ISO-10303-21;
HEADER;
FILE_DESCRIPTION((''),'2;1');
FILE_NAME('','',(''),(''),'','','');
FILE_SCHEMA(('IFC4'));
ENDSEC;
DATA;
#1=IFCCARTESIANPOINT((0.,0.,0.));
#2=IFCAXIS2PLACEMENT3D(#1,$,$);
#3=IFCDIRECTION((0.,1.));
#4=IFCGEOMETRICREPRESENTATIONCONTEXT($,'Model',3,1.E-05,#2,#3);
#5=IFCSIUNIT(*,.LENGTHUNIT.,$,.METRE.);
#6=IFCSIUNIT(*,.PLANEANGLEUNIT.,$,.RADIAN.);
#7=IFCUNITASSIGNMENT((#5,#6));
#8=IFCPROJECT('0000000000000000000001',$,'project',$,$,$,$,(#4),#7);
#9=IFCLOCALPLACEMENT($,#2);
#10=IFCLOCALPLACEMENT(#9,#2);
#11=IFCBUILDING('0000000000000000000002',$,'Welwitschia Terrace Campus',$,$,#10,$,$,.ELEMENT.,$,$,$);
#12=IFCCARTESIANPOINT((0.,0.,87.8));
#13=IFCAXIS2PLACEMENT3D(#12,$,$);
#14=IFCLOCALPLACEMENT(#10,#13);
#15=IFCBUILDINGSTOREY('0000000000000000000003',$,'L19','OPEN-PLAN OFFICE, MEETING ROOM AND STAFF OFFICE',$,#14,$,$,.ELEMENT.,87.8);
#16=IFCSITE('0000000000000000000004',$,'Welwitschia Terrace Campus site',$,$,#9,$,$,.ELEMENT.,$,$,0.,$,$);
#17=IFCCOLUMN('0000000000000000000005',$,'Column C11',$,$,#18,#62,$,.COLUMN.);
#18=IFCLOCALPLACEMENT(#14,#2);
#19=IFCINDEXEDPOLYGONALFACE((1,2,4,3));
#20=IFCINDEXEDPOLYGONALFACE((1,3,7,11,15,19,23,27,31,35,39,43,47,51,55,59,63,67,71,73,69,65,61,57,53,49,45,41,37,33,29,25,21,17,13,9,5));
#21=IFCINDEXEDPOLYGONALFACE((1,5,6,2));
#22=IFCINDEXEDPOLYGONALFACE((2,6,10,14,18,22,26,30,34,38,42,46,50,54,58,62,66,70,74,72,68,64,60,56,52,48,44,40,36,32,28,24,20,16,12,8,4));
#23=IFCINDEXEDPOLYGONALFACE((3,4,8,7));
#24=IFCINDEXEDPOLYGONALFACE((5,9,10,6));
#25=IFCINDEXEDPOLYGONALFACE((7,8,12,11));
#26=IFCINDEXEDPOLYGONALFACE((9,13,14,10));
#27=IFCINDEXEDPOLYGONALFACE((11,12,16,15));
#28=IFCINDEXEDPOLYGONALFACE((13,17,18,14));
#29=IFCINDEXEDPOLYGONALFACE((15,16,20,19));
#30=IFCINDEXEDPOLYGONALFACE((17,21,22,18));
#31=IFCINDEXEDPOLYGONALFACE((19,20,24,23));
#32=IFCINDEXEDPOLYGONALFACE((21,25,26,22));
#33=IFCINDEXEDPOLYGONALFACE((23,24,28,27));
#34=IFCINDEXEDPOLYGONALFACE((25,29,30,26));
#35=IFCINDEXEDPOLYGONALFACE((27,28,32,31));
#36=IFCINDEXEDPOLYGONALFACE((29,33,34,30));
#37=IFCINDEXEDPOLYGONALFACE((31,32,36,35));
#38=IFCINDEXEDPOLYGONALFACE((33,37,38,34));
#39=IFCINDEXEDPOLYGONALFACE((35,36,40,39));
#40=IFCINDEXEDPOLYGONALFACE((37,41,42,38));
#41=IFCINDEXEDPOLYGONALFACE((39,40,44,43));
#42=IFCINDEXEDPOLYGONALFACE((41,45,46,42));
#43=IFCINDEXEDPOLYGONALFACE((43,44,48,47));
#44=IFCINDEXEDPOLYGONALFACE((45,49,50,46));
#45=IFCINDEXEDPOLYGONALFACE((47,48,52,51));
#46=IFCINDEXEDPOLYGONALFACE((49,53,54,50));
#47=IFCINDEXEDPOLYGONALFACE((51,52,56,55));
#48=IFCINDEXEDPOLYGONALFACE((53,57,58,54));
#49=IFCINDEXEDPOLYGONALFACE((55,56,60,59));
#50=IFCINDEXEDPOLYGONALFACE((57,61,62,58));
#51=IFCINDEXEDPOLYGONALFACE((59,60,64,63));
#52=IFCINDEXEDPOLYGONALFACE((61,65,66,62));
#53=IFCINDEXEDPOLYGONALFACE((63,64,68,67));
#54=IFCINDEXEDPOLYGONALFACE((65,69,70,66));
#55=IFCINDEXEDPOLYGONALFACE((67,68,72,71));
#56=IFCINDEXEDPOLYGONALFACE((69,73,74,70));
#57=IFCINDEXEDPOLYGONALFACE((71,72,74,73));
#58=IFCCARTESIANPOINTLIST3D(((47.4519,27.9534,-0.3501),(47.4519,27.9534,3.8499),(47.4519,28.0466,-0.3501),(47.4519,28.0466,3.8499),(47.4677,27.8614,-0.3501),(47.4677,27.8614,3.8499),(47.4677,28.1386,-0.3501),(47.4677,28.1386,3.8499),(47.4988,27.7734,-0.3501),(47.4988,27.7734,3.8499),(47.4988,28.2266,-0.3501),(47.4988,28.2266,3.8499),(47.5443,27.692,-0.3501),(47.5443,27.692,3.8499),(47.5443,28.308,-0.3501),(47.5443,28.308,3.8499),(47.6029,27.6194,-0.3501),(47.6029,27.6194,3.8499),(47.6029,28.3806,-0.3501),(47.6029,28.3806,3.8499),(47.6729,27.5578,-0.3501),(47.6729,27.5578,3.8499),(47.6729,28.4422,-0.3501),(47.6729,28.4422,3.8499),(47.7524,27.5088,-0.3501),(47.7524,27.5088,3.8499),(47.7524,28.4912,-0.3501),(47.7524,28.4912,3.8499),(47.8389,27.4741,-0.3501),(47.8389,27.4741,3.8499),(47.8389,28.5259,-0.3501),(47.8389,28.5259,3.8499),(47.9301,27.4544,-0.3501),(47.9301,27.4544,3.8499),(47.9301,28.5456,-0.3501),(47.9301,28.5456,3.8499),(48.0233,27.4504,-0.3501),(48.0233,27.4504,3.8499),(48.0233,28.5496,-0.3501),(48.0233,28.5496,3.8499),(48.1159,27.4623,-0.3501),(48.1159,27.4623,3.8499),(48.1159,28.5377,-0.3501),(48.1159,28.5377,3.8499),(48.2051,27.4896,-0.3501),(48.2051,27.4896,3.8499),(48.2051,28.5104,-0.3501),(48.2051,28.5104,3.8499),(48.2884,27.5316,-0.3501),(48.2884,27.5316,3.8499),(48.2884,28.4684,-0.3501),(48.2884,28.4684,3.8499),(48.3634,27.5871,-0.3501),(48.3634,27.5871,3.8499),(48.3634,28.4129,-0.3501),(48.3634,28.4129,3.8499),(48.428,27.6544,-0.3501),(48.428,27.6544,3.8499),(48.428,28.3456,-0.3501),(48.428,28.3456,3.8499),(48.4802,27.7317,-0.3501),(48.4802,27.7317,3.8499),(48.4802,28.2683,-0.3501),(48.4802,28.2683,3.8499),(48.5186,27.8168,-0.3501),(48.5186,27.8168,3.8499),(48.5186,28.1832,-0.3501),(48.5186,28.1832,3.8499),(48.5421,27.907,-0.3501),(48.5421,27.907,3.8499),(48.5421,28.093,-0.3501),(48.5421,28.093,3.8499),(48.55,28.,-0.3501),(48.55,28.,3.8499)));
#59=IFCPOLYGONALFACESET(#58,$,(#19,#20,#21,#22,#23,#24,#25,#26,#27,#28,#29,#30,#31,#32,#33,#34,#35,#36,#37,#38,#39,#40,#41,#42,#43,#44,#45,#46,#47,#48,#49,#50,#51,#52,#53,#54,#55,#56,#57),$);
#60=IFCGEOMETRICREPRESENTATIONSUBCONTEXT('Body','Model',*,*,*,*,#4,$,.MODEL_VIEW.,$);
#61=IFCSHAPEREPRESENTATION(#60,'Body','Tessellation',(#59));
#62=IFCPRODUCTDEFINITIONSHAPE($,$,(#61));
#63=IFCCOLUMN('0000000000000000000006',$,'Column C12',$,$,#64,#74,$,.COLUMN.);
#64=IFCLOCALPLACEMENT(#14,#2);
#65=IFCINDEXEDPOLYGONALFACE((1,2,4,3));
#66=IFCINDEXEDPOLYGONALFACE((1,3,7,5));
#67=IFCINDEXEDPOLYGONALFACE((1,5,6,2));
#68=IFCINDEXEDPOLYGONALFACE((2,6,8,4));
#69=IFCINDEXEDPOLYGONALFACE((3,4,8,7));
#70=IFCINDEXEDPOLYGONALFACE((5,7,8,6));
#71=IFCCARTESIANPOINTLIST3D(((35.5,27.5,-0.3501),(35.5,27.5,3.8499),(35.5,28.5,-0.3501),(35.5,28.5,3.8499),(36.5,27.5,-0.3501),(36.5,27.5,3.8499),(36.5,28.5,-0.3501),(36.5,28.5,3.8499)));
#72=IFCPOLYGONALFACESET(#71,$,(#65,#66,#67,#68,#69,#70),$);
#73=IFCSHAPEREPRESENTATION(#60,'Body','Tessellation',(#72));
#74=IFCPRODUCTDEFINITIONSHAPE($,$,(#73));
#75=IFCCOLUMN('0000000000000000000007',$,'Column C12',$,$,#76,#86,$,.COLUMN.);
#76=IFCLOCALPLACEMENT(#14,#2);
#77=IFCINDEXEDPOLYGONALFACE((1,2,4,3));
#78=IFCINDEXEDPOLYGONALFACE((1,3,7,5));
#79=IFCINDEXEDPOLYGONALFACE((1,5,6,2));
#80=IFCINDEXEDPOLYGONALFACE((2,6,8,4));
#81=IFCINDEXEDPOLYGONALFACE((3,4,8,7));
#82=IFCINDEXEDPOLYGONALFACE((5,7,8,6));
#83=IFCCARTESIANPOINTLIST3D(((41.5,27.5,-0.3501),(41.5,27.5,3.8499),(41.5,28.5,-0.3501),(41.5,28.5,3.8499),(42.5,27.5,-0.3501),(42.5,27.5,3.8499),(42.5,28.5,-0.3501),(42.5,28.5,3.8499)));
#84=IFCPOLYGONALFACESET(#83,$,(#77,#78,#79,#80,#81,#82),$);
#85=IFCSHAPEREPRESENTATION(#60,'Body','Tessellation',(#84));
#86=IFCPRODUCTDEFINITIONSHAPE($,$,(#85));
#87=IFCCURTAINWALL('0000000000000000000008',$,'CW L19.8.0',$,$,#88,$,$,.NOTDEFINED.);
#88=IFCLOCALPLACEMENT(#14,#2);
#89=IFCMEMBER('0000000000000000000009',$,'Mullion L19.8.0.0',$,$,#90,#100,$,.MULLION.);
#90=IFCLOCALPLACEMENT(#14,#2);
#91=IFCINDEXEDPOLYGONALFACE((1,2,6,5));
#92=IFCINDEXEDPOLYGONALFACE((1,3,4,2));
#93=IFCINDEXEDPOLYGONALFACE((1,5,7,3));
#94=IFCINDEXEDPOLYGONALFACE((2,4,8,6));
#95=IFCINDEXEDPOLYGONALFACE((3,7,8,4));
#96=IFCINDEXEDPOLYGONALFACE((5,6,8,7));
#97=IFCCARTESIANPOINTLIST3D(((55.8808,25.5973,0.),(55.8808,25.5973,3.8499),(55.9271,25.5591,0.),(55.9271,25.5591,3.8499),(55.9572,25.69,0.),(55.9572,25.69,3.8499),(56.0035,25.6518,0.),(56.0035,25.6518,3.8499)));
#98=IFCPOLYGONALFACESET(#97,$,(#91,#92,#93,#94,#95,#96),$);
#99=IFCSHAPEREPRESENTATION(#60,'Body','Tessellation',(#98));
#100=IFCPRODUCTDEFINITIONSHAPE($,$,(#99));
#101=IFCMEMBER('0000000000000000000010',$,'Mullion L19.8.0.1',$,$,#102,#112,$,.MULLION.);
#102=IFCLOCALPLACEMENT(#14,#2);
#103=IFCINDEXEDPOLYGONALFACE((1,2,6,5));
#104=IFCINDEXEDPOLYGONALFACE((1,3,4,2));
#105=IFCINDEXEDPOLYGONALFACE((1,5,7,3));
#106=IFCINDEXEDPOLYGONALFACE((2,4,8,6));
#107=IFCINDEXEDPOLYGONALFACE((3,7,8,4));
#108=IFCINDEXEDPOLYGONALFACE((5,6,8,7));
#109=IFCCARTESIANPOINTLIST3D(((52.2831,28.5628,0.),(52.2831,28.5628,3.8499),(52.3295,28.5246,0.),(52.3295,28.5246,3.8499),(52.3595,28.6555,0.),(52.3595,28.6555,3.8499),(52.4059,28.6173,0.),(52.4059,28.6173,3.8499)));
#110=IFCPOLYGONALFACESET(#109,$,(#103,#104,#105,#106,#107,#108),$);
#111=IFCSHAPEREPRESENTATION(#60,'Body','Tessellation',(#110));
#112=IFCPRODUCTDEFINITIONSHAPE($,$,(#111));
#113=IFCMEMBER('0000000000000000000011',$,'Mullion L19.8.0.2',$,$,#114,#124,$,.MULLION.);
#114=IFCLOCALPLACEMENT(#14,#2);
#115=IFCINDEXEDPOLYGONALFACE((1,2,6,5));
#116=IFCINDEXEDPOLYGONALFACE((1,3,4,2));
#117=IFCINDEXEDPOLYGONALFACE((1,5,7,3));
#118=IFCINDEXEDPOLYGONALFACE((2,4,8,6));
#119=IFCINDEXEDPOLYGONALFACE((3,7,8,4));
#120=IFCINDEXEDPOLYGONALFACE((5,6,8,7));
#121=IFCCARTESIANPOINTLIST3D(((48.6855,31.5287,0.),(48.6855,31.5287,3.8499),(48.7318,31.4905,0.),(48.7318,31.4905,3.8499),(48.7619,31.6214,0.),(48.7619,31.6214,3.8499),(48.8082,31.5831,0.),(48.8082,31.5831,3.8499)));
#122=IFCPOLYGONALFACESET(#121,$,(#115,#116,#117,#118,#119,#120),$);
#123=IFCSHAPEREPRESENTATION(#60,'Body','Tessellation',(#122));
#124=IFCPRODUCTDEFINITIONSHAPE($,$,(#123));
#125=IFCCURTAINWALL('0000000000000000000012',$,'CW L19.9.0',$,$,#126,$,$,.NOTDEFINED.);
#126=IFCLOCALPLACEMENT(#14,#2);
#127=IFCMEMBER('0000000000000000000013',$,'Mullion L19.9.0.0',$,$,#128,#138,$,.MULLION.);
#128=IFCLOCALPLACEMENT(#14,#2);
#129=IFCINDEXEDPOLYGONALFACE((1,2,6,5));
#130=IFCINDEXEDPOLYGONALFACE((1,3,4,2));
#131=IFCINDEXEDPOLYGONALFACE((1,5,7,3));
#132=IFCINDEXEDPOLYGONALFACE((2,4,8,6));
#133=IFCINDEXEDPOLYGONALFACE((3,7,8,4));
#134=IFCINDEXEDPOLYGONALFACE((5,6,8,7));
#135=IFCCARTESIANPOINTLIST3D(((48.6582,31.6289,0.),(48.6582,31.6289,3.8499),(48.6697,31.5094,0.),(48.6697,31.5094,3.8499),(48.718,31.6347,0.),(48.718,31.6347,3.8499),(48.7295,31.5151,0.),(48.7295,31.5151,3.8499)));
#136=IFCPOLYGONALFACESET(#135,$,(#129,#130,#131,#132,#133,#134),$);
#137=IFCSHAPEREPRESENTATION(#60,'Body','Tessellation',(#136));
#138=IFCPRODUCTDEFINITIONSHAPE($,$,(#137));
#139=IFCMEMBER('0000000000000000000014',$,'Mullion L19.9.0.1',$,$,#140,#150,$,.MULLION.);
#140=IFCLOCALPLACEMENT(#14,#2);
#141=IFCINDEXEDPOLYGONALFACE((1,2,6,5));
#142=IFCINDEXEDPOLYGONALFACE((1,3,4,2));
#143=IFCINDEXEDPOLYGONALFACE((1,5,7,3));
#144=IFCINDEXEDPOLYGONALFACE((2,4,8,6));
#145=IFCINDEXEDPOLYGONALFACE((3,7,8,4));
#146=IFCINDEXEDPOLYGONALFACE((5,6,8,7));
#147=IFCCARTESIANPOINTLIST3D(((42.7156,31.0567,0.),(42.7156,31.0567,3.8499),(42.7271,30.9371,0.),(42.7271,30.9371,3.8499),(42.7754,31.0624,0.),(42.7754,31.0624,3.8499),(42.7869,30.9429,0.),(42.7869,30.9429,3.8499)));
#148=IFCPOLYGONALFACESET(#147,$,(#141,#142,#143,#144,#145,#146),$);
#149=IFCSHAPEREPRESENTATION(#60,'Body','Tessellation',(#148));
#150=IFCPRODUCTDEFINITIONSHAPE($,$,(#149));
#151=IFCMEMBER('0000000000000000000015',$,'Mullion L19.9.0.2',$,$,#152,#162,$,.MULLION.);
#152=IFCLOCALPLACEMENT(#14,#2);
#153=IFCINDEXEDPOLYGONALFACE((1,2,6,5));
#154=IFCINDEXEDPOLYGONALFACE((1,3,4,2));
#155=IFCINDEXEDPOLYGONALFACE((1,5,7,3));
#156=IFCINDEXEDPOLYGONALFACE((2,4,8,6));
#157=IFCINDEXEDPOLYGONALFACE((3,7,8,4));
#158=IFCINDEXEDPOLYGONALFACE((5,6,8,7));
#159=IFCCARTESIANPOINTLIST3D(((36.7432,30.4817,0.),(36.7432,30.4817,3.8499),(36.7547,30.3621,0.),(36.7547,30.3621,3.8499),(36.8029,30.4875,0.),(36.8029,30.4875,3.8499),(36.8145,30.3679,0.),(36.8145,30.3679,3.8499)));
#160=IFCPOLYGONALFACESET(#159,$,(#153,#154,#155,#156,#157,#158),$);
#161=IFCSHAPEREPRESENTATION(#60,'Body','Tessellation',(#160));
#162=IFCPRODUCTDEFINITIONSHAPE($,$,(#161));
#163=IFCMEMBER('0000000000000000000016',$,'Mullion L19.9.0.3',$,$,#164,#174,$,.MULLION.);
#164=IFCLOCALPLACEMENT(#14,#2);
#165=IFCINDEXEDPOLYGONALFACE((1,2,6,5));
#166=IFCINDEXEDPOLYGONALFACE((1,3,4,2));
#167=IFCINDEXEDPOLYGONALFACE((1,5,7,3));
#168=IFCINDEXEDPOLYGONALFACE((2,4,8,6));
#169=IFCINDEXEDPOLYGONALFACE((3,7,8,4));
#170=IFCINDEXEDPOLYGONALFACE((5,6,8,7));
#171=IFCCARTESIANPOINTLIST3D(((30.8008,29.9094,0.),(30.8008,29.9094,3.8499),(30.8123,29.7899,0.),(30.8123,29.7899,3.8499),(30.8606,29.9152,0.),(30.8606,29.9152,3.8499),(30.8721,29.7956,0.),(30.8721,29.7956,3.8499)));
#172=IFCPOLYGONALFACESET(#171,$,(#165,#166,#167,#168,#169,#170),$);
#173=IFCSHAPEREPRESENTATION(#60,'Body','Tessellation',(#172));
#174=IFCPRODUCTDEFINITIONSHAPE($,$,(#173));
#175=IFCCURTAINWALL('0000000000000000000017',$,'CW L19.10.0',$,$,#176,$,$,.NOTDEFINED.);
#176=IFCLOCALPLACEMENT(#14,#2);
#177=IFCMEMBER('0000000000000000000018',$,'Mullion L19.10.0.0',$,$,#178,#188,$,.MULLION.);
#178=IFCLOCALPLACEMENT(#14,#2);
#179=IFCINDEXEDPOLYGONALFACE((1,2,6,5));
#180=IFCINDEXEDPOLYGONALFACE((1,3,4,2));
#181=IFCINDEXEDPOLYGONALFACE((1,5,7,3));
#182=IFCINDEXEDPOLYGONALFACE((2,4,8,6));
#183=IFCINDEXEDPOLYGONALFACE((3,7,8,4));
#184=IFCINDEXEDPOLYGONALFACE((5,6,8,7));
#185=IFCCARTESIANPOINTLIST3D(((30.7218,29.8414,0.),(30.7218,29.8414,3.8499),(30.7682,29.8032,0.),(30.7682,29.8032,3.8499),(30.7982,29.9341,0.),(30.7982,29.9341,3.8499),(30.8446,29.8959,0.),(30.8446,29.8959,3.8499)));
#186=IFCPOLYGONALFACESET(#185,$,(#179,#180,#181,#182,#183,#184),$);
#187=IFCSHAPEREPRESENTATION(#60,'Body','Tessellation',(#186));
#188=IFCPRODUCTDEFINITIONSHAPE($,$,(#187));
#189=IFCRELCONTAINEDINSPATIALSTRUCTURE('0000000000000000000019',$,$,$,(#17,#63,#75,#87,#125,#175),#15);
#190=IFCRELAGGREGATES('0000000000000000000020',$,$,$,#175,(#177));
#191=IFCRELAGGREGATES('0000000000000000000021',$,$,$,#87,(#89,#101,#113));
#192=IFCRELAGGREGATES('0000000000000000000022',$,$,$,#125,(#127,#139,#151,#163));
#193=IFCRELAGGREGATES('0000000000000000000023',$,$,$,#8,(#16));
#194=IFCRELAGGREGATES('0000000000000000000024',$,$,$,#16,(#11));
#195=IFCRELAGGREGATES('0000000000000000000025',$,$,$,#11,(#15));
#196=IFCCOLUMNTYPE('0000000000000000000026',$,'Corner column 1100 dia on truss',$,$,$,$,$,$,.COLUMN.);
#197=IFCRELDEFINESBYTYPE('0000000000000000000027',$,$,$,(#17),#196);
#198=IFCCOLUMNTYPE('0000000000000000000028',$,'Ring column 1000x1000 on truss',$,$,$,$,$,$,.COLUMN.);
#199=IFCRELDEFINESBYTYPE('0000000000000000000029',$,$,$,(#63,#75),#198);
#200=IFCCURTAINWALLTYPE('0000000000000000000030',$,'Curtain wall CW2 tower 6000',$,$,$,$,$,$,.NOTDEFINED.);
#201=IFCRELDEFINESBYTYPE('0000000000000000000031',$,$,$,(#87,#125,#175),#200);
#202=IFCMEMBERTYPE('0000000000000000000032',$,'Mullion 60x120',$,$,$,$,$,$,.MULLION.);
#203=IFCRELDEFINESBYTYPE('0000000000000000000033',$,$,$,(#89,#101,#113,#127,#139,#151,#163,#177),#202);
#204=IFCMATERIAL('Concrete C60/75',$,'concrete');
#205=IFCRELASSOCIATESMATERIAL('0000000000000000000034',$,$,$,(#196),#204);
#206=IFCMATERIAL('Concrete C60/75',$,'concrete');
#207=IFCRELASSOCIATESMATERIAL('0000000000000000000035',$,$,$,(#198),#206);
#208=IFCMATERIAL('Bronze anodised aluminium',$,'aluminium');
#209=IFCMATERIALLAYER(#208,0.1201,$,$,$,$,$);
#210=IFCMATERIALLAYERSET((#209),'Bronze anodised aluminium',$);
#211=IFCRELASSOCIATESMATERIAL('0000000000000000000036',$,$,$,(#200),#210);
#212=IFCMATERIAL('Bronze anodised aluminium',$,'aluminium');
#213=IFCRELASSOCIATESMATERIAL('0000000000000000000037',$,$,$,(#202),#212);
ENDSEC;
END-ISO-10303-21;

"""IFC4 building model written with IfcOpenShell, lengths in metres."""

from ifc_helpers import new_model, si_unit, direction, frame, origin, origin_2d, place, context, subcontext, project, spatial, rectangle, circle, extrude, material, layer, layer_set, material_profile, profile_set, type_object, element, aggregate, save


model = new_model("IFC4")

# Units and contexts
model_context = context("Model", 3, precision=1e-05, world=origin(), true_north=direction((0.0, 1.0)))
body_context = subcontext(model_context, "Body", "Model", "MODEL_VIEW")
ifc_project = project(units=[si_unit("LENGTHUNIT", "METRE"), si_unit("PLANEANGLEUNIT", "RADIAN")], contexts=[model_context])

# Site, building, storey
site_placement = place(None, origin())
site = spatial("IfcSite", under=ifc_project, at=site_placement, Name="Welwitschia Terrace Campus site", CompositionType="ELEMENT", RefElevation=0.0)
building_placement = place(site_placement, origin())
building = spatial("IfcBuilding", under=site, at=building_placement, Name="Welwitschia Terrace Campus", CompositionType="ELEMENT")
storey_placement = place(building_placement, frame((0.0, 0.0, 87.8)))
storey = spatial("IfcBuildingStorey", under=building, at=storey_placement, Name="L19", Description="OPEN-PLAN OFFICE, MEETING ROOM AND STAFF OFFICE", CompositionType="ELEMENT", Elevation=87.8)

# Columns
ifc_material_1 = material(Name="Concrete C60/75", Category="concrete")
ifc_material_profile_1 = material_profile(ifc_material_1, circle(Radius=0.55, at=origin_2d()))
ifc_profile_set_1 = profile_set([ifc_material_profile_1], Name="Concrete C60/75")
column_type_1 = type_object("IfcColumnType", Name="Corner column 1100 dia on truss", PredefinedType="COLUMN", material=ifc_profile_set_1)
column_placement = place(storey_placement, frame((48.0, 28.0, -0.3501), z_axis=(0.0, 0.0, 1.0), x_axis=(1.0, 0.0, 0.0)))
element("IfcColumn", 1, at=column_placement, inside=storey, type_object=column_type_1, Name="Column C11", PredefinedType="COLUMN", context=body_context, shape_type="SweptSolid", body=[
    extrude(circle(Radius=0.55, at=origin_2d()), origin(), (0.0, 0.0, 1.0), 4.2),
])
ifc_material_2 = material(Name="Concrete C60/75", Category="concrete")
ifc_material_profile_2 = material_profile(ifc_material_2, rectangle(XDim=1.0, YDim=1.0, at=origin_2d()))
ifc_profile_set_2 = profile_set([ifc_material_profile_2], Name="Concrete C60/75")
column_type_2 = type_object("IfcColumnType", Name="Ring column 1000x1000 on truss", PredefinedType="COLUMN", material=ifc_profile_set_2)
for number, where, z_axis, x_axis, name in (
    (2, (36.0, 28.0, -0.3501), (0.0, 0.0, 1.0), (1.0, 0.0, 0.0), "Column C12"),
    (3, (42.0, 28.0, -0.3501), (0.0, 0.0, 1.0), (1.0, 0.0, 0.0), "Column C12"),
):
    element("IfcColumn", number, at=place(storey_placement, frame(where, z_axis=z_axis, x_axis=x_axis)), inside=storey, type_object=column_type_2, Name=name, PredefinedType="COLUMN", context=body_context, shape_type="SweptSolid", body=[
        extrude(rectangle(XDim=1.0, YDim=1.0, at=origin_2d()), origin(), (0.0, 0.0, 1.0), 4.2),
    ])

# Curtain walls, members
ifc_material_3 = material(Name="Bronze anodised aluminium", Category="aluminium")
ifc_layer_1 = layer(ifc_material_3, 0.1201)
ifc_layer_set_1 = layer_set([ifc_layer_1], Name="Bronze anodised aluminium")
curtain_wall_type = type_object("IfcCurtainWallType", Name="Curtain wall CW2 tower 6000", PredefinedType="NOTDEFINED", material=ifc_layer_set_1)
curtain_wall_1_placement = place(storey_placement, origin())
curtain_wall_1 = element("IfcCurtainWall", 4, at=curtain_wall_1_placement, inside=storey, type_object=curtain_wall_type, Name="CW L19.8.0", PredefinedType="NOTDEFINED")
ifc_material_4 = material(Name="Bronze anodised aluminium", Category="aluminium")
ifc_material_profile_3 = material_profile(ifc_material_4, rectangle(XDim=0.1201, YDim=0.0601, at=origin_2d()))
ifc_profile_set_3 = profile_set([ifc_material_profile_3], Name="Bronze anodised aluminium")
member_type_1 = type_object("IfcMemberType", Name="Mullion 60x120", PredefinedType="MULLION", material=ifc_profile_set_3)
member_1_placement = place(storey_placement, frame((55.9421, 25.6245, 0.0), z_axis=(0.0, 0.0, 1.0), x_axis=(-0.636078, -0.771625, 0.0)))
member_1 = element("IfcMember", 5, at=member_1_placement, type_object=member_type_1, Name="Mullion L19.8.0.0", PredefinedType="MULLION", context=body_context, shape_type="SweptSolid", body=[
    extrude(rectangle(XDim=0.1201, YDim=0.0601, at=origin_2d()), origin(), (0.0, 0.0, 1.0), 3.8499),
])
member_2_placement = place(storey_placement, frame((52.3445, 28.5901, 0.0), z_axis=(0.0, 0.0, 1.0), x_axis=(-0.636078, -0.771625, 0.0)))
member_2 = element("IfcMember", 6, at=member_2_placement, type_object=member_type_1, Name="Mullion L19.8.0.1", PredefinedType="MULLION", context=body_context, shape_type="SweptSolid", body=[
    extrude(rectangle(XDim=0.1201, YDim=0.0601, at=origin_2d()), origin(), (0.0, 0.0, 1.0), 3.8499),
])
member_3_placement = place(storey_placement, frame((48.7468, 31.5559, 0.0), z_axis=(0.0, 0.0, 1.0), x_axis=(-0.636078, -0.771625, 0.0)))
member_3 = element("IfcMember", 7, at=member_3_placement, type_object=member_type_1, Name="Mullion L19.8.0.2", PredefinedType="MULLION", context=body_context, shape_type="SweptSolid", body=[
    extrude(rectangle(XDim=0.1201, YDim=0.0601, at=origin_2d()), origin(), (0.0, 0.0, 1.0), 3.8499),
])
curtain_wall_2_placement = place(storey_placement, origin())
curtain_wall_2 = element("IfcCurtainWall", 8, at=curtain_wall_2_placement, inside=storey, type_object=curtain_wall_type, Name="CW L19.9.0", PredefinedType="NOTDEFINED")
member_4_placement = place(storey_placement, frame((48.6938, 31.572, 0.0), z_axis=(0.0, 0.0, 1.0), x_axis=(0.095846, -0.995396, 0.0)))
member_4 = element("IfcMember", 9, at=member_4_placement, type_object=member_type_1, Name="Mullion L19.9.0.0", PredefinedType="MULLION", context=body_context, shape_type="SweptSolid", body=[
    extrude(rectangle(XDim=0.1201, YDim=0.0601, at=origin_2d()), origin(), (0.0, 0.0, 1.0), 3.8499),
])
member_5_placement = place(storey_placement, frame((42.7512, 30.9998, 0.0), z_axis=(0.0, 0.0, 1.0), x_axis=(0.095846, -0.995396, 0.0)))
member_5 = element("IfcMember", 10, at=member_5_placement, type_object=member_type_1, Name="Mullion L19.9.0.1", PredefinedType="MULLION", context=body_context, shape_type="SweptSolid", body=[
    extrude(rectangle(XDim=0.1201, YDim=0.0601, at=origin_2d()), origin(), (0.0, 0.0, 1.0), 3.8499),
])
member_6_placement = place(storey_placement, frame((36.7788, 30.4248, 0.0), z_axis=(0.0, 0.0, 1.0), x_axis=(0.095846, -0.995396, 0.0)))
member_6 = element("IfcMember", 11, at=member_6_placement, type_object=member_type_1, Name="Mullion L19.9.0.2", PredefinedType="MULLION", context=body_context, shape_type="SweptSolid", body=[
    extrude(rectangle(XDim=0.1201, YDim=0.0601, at=origin_2d()), origin(), (0.0, 0.0, 1.0), 3.8499),
])
member_7_placement = place(storey_placement, frame((30.8364, 29.8525, 0.0), z_axis=(0.0, 0.0, 1.0), x_axis=(0.095846, -0.995396, 0.0)))
member_7 = element("IfcMember", 12, at=member_7_placement, type_object=member_type_1, Name="Mullion L19.9.0.3", PredefinedType="MULLION", context=body_context, shape_type="SweptSolid", body=[
    extrude(rectangle(XDim=0.1201, YDim=0.0601, at=origin_2d()), origin(), (0.0, 0.0, 1.0), 3.8499),
])

# Curtain wall, member
curtain_wall_3_placement = place(storey_placement, origin())
curtain_wall_3 = element("IfcCurtainWall", 13, at=curtain_wall_3_placement, inside=storey, type_object=curtain_wall_type, Name="CW L19.10.0", PredefinedType="NOTDEFINED")
member_8_placement = place(storey_placement, frame((30.7832, 29.8687, 0.0), z_axis=(0.0, 0.0, 1.0), x_axis=(-0.636078, -0.771625, 0.0)))
member_8 = element("IfcMember", 14, at=member_8_placement, type_object=member_type_1, Name="Mullion L19.10.0.0", PredefinedType="MULLION", context=body_context, shape_type="SweptSolid", body=[
    extrude(rectangle(XDim=0.1201, YDim=0.0601, at=origin_2d()), origin(), (0.0, 0.0, 1.0), 3.8499),
])

aggregate(curtain_wall_3, [member_8])

aggregate(curtain_wall_1, [member_1, member_2, member_3])
aggregate(curtain_wall_2, [member_4, member_5, member_6, member_7])

save(model, "model.ifc")
